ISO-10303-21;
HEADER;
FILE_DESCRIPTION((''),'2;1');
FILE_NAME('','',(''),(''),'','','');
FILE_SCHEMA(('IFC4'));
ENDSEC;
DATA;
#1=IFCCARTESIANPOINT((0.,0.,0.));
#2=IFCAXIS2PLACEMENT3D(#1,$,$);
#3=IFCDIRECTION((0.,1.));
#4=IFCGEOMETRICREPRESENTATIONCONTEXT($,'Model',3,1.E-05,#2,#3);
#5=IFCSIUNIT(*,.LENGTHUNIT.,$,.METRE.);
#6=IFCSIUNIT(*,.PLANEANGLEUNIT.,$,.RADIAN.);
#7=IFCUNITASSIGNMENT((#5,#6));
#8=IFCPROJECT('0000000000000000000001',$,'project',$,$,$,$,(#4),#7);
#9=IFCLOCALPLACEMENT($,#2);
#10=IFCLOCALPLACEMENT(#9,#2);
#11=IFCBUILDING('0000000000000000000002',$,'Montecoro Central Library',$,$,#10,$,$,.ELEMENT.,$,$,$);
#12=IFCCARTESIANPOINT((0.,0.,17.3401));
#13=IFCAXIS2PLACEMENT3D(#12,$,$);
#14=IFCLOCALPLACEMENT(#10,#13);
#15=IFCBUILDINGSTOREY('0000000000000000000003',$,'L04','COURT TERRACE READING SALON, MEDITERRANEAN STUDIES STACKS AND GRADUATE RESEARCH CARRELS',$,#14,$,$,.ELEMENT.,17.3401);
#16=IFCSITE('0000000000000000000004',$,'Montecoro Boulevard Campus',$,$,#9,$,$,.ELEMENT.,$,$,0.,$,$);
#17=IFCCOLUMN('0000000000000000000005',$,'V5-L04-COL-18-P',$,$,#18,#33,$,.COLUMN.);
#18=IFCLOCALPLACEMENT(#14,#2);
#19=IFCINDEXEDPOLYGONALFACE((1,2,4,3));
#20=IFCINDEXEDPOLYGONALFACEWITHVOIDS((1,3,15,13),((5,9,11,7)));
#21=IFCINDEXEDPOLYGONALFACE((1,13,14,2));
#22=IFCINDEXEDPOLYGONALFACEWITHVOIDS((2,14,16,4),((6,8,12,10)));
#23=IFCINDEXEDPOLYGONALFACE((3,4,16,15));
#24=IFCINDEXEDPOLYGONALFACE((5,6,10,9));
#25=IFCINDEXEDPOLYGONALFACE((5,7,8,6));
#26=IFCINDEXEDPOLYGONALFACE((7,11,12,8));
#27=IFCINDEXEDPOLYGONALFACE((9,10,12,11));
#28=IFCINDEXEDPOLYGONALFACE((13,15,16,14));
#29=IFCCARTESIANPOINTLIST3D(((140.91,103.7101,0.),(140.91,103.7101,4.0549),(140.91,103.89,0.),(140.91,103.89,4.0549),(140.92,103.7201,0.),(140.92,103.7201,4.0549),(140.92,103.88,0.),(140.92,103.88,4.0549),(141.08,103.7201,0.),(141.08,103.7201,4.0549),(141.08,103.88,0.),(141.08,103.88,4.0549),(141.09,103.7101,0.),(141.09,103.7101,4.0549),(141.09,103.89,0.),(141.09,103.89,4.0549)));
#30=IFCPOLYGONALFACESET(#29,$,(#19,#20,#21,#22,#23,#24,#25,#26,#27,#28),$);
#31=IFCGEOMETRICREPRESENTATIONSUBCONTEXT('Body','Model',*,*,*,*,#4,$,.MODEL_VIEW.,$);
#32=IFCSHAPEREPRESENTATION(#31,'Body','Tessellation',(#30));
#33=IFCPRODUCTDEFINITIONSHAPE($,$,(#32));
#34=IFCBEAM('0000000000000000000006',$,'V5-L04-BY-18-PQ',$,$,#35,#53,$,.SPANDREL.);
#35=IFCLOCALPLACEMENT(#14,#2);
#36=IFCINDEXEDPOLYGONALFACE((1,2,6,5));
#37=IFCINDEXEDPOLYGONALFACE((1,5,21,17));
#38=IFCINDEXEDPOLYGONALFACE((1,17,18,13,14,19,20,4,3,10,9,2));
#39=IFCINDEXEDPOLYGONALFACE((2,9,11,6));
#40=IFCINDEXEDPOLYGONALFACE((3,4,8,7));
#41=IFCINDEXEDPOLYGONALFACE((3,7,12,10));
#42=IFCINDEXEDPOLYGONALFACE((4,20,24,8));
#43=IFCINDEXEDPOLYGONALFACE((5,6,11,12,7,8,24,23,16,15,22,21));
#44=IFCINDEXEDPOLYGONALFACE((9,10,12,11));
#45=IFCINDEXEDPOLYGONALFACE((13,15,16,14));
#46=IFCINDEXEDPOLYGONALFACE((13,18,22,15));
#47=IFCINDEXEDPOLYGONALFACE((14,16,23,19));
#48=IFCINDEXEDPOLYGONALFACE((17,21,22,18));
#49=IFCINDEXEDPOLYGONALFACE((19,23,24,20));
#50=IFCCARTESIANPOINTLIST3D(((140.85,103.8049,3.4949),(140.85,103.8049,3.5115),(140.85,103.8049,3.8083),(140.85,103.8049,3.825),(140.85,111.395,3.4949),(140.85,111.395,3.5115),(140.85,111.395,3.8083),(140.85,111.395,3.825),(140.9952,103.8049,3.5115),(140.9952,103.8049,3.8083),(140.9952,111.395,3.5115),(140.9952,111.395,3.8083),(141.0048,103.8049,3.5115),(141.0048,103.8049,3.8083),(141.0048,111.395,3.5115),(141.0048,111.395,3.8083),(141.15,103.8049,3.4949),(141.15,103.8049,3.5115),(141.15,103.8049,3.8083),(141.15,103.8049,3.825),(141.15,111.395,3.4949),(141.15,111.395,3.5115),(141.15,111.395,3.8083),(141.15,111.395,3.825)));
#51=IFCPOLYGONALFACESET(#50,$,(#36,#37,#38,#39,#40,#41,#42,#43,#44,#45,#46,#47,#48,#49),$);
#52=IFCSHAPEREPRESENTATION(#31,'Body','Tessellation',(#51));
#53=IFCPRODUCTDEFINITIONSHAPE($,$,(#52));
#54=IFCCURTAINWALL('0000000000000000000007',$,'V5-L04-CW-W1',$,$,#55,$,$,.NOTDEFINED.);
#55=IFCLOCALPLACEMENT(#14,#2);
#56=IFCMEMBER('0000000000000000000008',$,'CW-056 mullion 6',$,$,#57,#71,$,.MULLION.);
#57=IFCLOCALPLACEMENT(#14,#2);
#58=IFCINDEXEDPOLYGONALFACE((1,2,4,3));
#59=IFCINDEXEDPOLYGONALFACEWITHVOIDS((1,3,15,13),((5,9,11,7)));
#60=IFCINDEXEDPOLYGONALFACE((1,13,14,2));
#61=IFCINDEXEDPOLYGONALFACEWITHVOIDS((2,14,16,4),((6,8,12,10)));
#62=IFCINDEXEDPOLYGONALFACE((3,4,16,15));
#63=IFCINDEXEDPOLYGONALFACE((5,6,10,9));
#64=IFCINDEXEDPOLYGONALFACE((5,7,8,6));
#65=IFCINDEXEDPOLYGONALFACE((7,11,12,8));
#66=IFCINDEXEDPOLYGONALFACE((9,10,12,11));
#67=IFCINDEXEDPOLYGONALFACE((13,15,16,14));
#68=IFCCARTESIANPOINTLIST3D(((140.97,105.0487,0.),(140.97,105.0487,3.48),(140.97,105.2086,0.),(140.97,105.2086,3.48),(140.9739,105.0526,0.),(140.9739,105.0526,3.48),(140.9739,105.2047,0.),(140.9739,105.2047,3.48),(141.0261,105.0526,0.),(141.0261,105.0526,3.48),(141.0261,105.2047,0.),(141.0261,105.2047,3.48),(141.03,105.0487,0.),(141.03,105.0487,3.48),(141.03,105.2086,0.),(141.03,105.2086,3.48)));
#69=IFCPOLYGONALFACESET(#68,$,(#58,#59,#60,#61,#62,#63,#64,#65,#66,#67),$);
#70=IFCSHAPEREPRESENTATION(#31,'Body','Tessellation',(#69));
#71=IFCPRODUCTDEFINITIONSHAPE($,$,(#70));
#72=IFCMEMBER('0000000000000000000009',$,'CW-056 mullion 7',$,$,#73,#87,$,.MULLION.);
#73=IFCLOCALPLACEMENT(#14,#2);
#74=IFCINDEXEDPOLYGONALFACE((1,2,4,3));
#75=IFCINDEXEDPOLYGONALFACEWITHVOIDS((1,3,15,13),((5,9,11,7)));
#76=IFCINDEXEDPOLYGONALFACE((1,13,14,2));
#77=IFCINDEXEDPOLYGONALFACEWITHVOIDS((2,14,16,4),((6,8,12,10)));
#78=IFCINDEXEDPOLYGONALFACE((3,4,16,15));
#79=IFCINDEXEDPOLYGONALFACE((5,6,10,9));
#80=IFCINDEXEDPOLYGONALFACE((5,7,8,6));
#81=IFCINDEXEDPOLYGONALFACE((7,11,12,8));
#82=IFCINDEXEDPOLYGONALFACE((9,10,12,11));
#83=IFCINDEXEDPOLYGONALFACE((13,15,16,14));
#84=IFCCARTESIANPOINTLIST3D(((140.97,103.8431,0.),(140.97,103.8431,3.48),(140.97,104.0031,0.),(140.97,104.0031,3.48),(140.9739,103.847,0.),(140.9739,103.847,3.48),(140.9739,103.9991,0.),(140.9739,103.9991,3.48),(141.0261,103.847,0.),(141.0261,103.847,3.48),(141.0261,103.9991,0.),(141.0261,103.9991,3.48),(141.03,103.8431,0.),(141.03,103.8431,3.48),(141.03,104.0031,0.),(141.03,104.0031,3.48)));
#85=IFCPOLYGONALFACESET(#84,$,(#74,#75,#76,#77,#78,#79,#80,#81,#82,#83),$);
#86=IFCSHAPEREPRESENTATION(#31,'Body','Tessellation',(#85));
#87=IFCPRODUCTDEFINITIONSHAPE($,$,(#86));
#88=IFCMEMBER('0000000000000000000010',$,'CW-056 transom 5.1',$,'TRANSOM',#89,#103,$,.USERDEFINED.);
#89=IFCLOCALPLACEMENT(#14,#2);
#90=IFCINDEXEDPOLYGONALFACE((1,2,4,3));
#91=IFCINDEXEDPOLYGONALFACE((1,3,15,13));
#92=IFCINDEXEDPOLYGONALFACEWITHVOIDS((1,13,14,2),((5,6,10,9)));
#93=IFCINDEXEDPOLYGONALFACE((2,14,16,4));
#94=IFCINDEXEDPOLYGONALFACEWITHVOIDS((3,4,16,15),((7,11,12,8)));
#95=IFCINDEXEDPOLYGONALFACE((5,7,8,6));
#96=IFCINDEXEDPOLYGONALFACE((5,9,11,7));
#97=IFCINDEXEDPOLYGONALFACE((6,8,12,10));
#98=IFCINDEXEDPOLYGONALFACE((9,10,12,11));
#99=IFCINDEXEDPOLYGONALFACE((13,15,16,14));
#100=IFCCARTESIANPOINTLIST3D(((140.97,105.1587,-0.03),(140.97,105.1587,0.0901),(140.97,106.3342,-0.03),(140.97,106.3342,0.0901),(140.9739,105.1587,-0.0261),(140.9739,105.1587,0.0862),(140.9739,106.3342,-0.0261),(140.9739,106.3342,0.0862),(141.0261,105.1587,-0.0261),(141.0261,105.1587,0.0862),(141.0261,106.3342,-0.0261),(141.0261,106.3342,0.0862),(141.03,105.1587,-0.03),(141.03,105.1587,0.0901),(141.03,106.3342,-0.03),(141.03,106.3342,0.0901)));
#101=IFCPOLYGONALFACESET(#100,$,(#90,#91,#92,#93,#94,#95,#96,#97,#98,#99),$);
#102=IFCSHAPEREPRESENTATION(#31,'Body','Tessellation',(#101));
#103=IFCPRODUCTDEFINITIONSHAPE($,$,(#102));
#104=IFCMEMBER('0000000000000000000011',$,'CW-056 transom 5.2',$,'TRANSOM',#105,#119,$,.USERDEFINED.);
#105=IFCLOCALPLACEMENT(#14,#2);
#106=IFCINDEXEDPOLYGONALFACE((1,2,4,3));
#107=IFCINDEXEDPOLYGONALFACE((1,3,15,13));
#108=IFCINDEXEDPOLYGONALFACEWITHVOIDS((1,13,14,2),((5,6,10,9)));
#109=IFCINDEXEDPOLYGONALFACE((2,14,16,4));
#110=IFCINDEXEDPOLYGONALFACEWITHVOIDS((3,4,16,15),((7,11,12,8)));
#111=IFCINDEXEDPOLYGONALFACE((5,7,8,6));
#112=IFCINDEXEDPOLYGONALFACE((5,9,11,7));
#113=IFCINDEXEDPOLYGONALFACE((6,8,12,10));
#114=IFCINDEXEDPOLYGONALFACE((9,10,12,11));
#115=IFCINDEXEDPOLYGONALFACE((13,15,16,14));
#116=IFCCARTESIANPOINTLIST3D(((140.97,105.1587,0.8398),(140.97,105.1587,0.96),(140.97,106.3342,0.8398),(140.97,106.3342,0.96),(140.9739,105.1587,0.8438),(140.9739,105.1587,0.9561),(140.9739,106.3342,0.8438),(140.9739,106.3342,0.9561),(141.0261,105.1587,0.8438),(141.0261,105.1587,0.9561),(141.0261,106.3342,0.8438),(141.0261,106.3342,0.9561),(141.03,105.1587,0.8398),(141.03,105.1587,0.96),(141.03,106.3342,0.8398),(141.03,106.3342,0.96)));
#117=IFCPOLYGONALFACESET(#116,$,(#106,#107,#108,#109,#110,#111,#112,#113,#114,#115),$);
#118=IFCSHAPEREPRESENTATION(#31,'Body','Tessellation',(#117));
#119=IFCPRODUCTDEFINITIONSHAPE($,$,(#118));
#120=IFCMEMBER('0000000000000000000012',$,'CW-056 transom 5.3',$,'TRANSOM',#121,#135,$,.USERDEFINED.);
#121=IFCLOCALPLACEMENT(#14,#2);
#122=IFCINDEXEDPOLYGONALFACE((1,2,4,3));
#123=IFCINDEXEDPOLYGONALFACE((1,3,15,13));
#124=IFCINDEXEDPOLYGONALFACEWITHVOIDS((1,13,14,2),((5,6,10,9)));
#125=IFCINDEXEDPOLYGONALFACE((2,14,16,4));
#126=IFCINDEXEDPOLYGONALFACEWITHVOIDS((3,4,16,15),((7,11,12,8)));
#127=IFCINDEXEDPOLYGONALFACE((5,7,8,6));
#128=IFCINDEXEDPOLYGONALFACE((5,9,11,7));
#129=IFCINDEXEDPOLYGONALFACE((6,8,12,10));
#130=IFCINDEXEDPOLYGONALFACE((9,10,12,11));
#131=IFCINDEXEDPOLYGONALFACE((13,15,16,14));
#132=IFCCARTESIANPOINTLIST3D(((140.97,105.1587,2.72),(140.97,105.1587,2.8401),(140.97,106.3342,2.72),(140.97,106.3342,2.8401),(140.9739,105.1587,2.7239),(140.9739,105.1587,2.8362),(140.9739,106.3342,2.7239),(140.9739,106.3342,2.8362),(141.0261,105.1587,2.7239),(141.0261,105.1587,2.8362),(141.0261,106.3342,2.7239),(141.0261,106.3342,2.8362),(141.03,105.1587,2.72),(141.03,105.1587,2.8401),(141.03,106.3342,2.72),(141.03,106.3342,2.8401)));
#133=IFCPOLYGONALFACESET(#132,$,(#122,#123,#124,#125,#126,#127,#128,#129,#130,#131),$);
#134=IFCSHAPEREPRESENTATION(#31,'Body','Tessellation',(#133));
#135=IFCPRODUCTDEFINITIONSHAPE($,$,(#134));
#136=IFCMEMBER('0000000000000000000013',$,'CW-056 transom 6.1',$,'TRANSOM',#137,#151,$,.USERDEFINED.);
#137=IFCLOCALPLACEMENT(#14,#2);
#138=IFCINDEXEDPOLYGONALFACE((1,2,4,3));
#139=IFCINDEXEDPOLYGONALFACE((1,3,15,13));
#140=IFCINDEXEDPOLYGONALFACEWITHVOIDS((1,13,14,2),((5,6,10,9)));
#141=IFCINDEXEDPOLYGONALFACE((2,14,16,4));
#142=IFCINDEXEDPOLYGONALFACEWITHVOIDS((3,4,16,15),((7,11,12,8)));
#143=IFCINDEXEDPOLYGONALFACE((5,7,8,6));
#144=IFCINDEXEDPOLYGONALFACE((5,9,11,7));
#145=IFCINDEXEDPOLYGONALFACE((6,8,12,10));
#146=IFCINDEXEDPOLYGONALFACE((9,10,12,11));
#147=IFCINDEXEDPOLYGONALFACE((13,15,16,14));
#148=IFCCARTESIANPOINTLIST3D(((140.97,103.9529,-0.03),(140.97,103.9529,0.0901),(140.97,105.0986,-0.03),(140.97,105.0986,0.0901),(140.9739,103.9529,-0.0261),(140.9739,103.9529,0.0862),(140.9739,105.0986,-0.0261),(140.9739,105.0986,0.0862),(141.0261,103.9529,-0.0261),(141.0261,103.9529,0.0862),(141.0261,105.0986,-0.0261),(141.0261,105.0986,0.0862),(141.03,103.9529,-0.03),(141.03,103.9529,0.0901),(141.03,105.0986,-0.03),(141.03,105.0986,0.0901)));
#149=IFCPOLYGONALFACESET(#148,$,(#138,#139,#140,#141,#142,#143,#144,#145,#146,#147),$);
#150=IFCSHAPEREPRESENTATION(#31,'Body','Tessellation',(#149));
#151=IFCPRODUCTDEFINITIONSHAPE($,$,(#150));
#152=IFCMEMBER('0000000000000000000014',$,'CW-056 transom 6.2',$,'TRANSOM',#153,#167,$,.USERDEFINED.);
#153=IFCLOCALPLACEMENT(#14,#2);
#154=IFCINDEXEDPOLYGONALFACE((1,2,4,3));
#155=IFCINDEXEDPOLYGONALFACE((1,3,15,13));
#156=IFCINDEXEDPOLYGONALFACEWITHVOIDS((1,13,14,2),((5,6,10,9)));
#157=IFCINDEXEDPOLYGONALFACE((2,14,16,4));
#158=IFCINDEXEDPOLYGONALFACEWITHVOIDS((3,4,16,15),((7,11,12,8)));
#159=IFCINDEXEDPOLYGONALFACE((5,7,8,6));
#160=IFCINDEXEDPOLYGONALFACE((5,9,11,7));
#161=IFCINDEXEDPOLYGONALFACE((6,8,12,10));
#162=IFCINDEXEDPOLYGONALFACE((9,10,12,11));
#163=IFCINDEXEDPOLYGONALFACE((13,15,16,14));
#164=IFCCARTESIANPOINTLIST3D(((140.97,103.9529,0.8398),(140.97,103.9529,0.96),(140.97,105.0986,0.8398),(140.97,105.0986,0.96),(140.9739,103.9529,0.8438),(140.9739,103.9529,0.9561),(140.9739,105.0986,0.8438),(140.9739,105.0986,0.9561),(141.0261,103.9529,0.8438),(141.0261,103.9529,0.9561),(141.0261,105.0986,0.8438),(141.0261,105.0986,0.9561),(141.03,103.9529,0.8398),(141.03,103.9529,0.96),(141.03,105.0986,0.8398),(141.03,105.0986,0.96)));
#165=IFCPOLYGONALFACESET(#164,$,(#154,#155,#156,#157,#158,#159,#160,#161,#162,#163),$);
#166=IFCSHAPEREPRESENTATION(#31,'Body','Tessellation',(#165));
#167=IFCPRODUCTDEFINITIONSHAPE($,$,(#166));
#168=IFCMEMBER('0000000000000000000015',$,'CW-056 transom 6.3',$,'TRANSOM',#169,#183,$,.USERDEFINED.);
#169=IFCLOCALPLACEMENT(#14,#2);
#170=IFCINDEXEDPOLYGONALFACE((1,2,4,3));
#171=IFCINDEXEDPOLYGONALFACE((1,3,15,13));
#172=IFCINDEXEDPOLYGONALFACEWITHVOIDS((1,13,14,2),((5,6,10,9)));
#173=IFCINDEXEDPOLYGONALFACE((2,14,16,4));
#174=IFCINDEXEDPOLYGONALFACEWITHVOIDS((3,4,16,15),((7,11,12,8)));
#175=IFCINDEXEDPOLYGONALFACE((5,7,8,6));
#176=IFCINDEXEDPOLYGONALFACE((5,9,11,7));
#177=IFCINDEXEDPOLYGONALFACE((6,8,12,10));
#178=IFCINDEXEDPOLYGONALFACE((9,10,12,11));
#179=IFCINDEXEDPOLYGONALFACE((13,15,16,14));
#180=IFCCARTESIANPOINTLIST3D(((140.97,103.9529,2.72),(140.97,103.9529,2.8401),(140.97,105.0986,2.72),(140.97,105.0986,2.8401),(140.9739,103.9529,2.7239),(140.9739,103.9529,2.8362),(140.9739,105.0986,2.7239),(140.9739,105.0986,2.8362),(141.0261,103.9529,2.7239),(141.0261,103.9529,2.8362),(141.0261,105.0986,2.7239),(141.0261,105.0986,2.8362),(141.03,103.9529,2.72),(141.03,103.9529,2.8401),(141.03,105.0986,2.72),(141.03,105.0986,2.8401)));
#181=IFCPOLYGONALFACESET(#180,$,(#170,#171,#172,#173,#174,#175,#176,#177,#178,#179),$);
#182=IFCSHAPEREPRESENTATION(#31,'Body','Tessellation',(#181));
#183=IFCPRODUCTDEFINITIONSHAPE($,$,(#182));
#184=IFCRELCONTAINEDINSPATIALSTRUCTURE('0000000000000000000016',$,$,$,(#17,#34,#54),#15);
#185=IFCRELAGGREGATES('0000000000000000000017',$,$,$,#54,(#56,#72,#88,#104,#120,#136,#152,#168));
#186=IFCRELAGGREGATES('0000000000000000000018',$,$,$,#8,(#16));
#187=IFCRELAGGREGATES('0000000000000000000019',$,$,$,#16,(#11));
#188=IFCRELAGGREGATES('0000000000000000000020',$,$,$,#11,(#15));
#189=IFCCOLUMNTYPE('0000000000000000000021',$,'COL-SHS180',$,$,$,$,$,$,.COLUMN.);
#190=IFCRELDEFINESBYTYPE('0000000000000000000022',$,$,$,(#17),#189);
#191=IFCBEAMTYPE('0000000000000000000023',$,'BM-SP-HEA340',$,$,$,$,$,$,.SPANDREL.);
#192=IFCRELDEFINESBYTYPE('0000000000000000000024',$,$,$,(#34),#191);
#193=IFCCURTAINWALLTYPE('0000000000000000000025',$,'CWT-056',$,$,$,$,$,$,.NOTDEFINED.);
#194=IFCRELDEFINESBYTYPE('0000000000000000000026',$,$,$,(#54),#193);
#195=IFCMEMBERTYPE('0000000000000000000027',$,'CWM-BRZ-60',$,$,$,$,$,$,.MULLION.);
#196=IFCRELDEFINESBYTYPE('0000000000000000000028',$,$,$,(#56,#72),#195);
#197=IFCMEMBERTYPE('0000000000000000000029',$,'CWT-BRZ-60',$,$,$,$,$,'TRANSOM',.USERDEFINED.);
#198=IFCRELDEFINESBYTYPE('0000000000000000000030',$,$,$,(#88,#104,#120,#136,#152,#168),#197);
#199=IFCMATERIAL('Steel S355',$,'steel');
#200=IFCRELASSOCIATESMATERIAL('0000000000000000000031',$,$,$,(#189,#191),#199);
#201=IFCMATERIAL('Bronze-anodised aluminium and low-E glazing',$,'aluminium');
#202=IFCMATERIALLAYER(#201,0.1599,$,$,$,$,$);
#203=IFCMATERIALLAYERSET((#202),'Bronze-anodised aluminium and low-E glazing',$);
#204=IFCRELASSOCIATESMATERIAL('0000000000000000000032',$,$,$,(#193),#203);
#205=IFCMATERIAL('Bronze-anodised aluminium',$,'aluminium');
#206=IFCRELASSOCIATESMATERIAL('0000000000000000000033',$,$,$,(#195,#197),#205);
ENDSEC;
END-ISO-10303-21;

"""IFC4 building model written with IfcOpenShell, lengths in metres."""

from ifc_helpers import new_model, si_unit, direction, frame, origin, origin_2d, place, context, subcontext, project, spatial, hollow_rectangle, i_section, extrude, material, layer, layer_set, material_profile, profile_set, type_object, element, aggregate, save


model = new_model("IFC4")

# Units and contexts
model_context = context("Model", 3, precision=1e-05, world=origin(), true_north=direction((0.0, 1.0)))
body_context = subcontext(model_context, "Body", "Model", "MODEL_VIEW")
ifc_project = project(units=[si_unit("LENGTHUNIT", "METRE"), si_unit("PLANEANGLEUNIT", "RADIAN")], contexts=[model_context])

# Site, building, storey
site_placement = place(None, origin())
site = spatial("IfcSite", under=ifc_project, at=site_placement, Name="Montecoro Boulevard Campus", CompositionType="ELEMENT", RefElevation=0.0)
building_placement = place(site_placement, origin())
building = spatial("IfcBuilding", under=site, at=building_placement, Name="Montecoro Central Library", CompositionType="ELEMENT")
storey_placement = place(building_placement, frame((0.0, 0.0, 17.3401)))
storey = spatial("IfcBuildingStorey", under=building, at=storey_placement, Name="L04", Description="COURT TERRACE READING SALON, MEDITERRANEAN STUDIES STACKS AND GRADUATE RESEARCH CARRELS", CompositionType="ELEMENT", Elevation=17.3401)

# Column
ifc_material_1 = material(Name="Steel S355", Category="steel")
ifc_material_profile_1 = material_profile(ifc_material_1, hollow_rectangle(XDim=0.1799, YDim=0.1799, WallThickness=0.01, at=origin_2d()), Name="SHS 180x180x10.0")
ifc_profile_set_1 = profile_set([ifc_material_profile_1], Name="Steel S355")
column_type = type_object("IfcColumnType", Name="COL-SHS180", PredefinedType="COLUMN", material=ifc_profile_set_1)
column_placement = place(storey_placement, frame((141.0, 103.8, 0.0), z_axis=(0.0, 0.0, 1.0), x_axis=(1.0, 0.0, 0.0)))
element("IfcColumn", 1, at=column_placement, inside=storey, type_object=column_type, Name="V5-L04-COL-18-P", PredefinedType="COLUMN", context=body_context, shape_type="SweptSolid", body=[
    extrude(hollow_rectangle(XDim=0.1799, YDim=0.1799, WallThickness=0.01, at=origin_2d()), origin(), (0.0, 0.0, 1.0), 4.0549),
])

# Beam
ifc_material_profile_2 = material_profile(ifc_material_1, i_section(OverallWidth=0.3, OverallDepth=0.3301, WebThickness=0.0095, FlangeThickness=0.0166, at=origin_2d()), Name="HEA 340")
ifc_profile_set_2 = profile_set([ifc_material_profile_2], Name="Steel S355")
beam_type = type_object("IfcBeamType", Name="BM-SP-HEA340", PredefinedType="SPANDREL", material=ifc_profile_set_2)
beam_placement = place(storey_placement, frame((141.0, 103.8049, 3.6599), z_axis=(0.0, 1.0, 0.0), x_axis=(-1.0, 0.0, 0.0)))
element("IfcBeam", 2, at=beam_placement, inside=storey, type_object=beam_type, Name="V5-L04-BY-18-PQ", PredefinedType="SPANDREL", context=body_context, shape_type="SweptSolid", body=[
    extrude(i_section(OverallWidth=0.3, OverallDepth=0.3301, WebThickness=0.0095, FlangeThickness=0.0166, at=origin_2d()), origin(), (0.0, 0.0, 1.0), 7.5901),
])

# Curtain wall, members
ifc_material_2 = material(Name="Bronze-anodised aluminium and low-E glazing", Category="aluminium")
ifc_layer_1 = layer(ifc_material_2, 0.1599)
ifc_layer_set_1 = layer_set([ifc_layer_1], Name="Bronze-anodised aluminium and low-E glazing")
curtain_wall_type = type_object("IfcCurtainWallType", Name="CWT-056", PredefinedType="NOTDEFINED", material=ifc_layer_set_1)
curtain_wall_placement = place(storey_placement, origin())
curtain_wall = element("IfcCurtainWall", 3, at=curtain_wall_placement, inside=storey, type_object=curtain_wall_type, Name="V5-L04-CW-W1", PredefinedType="NOTDEFINED")
ifc_material_3 = material(Name="Bronze-anodised aluminium", Category="aluminium")
ifc_material_profile_3 = material_profile(ifc_material_3, hollow_rectangle(XDim=0.0601, YDim=0.1599, WallThickness=0.0039, at=origin_2d()), Name="CWM 160x60x4.0")
ifc_profile_set_3 = profile_set([ifc_material_profile_3], Name="Bronze-anodised aluminium")
member_type_1 = type_object("IfcMemberType", Name="CWM-BRZ-60", PredefinedType="MULLION", material=ifc_profile_set_3)
member_1_placement = place(storey_placement, frame((141.0, 105.1287, 0.0), z_axis=(0.0, 0.0, 1.0), x_axis=(1.0, 0.0, 0.0)))
member_1 = element("IfcMember", 4, at=member_1_placement, type_object=member_type_1, Name="CW-056 mullion 6", PredefinedType="MULLION", context=body_context, shape_type="SweptSolid", body=[
    extrude(hollow_rectangle(XDim=0.0601, YDim=0.1599, WallThickness=0.0039, at=origin_2d()), origin(), (0.0, 0.0, 1.0), 3.48),
])
member_2_placement = place(storey_placement, frame((141.0, 103.9231, 0.0), z_axis=(0.0, 0.0, 1.0), x_axis=(1.0, 0.0, 0.0)))
member_2 = element("IfcMember", 5, at=member_2_placement, type_object=member_type_1, Name="CW-056 mullion 7", PredefinedType="MULLION", context=body_context, shape_type="SweptSolid", body=[
    extrude(hollow_rectangle(XDim=0.0601, YDim=0.1599, WallThickness=0.0039, at=origin_2d()), origin(), (0.0, 0.0, 1.0), 3.48),
])
ifc_material_profile_4 = material_profile(ifc_material_3, hollow_rectangle(XDim=0.0601, YDim=0.1201, WallThickness=0.0039, at=origin_2d()), Name="CWT 120x60x4.0")
ifc_profile_set_4 = profile_set([ifc_material_profile_4], Name="Bronze-anodised aluminium")
member_type_2 = type_object("IfcMemberType", Name="CWT-BRZ-60", ElementType="TRANSOM", PredefinedType="USERDEFINED", material=ifc_profile_set_4)
member_3_placement = place(storey_placement, frame((141.0, 106.3342, 0.03), z_axis=(0.0, -1.0, 0.0), x_axis=(1.0, 0.0, 0.0)))
member_3 = element("IfcMember", 6, at=member_3_placement, type_object=member_type_2, Name="CW-056 transom 5.1", ObjectType="TRANSOM", PredefinedType="USERDEFINED", context=body_context, shape_type="SweptSolid", body=[
    extrude(hollow_rectangle(XDim=0.0601, YDim=0.1201, WallThickness=0.0039, at=origin_2d()), origin(), (0.0, 0.0, 1.0), 1.1755),
])
member_4_placement = place(storey_placement, frame((141.0, 106.3342, 0.8999), z_axis=(0.0, -1.0, 0.0), x_axis=(1.0, 0.0, 0.0)))
member_4 = element("IfcMember", 7, at=member_4_placement, type_object=member_type_2, Name="CW-056 transom 5.2", ObjectType="TRANSOM", PredefinedType="USERDEFINED", context=body_context, shape_type="SweptSolid", body=[
    extrude(hollow_rectangle(XDim=0.0601, YDim=0.1201, WallThickness=0.0039, at=origin_2d()), origin(), (0.0, 0.0, 1.0), 1.1755),
])
member_5_placement = place(storey_placement, frame((141.0, 106.3342, 2.78), z_axis=(0.0, -1.0, 0.0), x_axis=(1.0, 0.0, 0.0)))
member_5 = element("IfcMember", 8, at=member_5_placement, type_object=member_type_2, Name="CW-056 transom 5.3", ObjectType="TRANSOM", PredefinedType="USERDEFINED", context=body_context, shape_type="SweptSolid", body=[
    extrude(hollow_rectangle(XDim=0.0601, YDim=0.1201, WallThickness=0.0039, at=origin_2d()), origin(), (0.0, 0.0, 1.0), 1.1755),
])
member_6_placement = place(storey_placement, frame((141.0, 105.0986, 0.03), z_axis=(0.0, -1.0, 0.0), x_axis=(1.0, 0.0, 0.0)))
member_6 = element("IfcMember", 9, at=member_6_placement, type_object=member_type_2, Name="CW-056 transom 6.1", ObjectType="TRANSOM", PredefinedType="USERDEFINED", context=body_context, shape_type="SweptSolid", body=[
    extrude(hollow_rectangle(XDim=0.0601, YDim=0.1201, WallThickness=0.0039, at=origin_2d()), origin(), (0.0, 0.0, 1.0), 1.1458),
])
member_7_placement = place(storey_placement, frame((141.0, 105.0986, 0.8999), z_axis=(0.0, -1.0, 0.0), x_axis=(1.0, 0.0, 0.0)))
member_7 = element("IfcMember", 10, at=member_7_placement, type_object=member_type_2, Name="CW-056 transom 6.2", ObjectType="TRANSOM", PredefinedType="USERDEFINED", context=body_context, shape_type="SweptSolid", body=[
    extrude(hollow_rectangle(XDim=0.0601, YDim=0.1201, WallThickness=0.0039, at=origin_2d()), origin(), (0.0, 0.0, 1.0), 1.1458),
])
member_8_placement = place(storey_placement, frame((141.0, 105.0986, 2.78), z_axis=(0.0, -1.0, 0.0), x_axis=(1.0, 0.0, 0.0)))
member_8 = element("IfcMember", 11, at=member_8_placement, type_object=member_type_2, Name="CW-056 transom 6.3", ObjectType="TRANSOM", PredefinedType="USERDEFINED", context=body_context, shape_type="SweptSolid", body=[
    extrude(hollow_rectangle(XDim=0.0601, YDim=0.1201, WallThickness=0.0039, at=origin_2d()), origin(), (0.0, 0.0, 1.0), 1.1458),
])
aggregate(curtain_wall, [member_1, member_2, member_3, member_4, member_5, member_6, member_7, member_8])

save(model, "model.ifc")
